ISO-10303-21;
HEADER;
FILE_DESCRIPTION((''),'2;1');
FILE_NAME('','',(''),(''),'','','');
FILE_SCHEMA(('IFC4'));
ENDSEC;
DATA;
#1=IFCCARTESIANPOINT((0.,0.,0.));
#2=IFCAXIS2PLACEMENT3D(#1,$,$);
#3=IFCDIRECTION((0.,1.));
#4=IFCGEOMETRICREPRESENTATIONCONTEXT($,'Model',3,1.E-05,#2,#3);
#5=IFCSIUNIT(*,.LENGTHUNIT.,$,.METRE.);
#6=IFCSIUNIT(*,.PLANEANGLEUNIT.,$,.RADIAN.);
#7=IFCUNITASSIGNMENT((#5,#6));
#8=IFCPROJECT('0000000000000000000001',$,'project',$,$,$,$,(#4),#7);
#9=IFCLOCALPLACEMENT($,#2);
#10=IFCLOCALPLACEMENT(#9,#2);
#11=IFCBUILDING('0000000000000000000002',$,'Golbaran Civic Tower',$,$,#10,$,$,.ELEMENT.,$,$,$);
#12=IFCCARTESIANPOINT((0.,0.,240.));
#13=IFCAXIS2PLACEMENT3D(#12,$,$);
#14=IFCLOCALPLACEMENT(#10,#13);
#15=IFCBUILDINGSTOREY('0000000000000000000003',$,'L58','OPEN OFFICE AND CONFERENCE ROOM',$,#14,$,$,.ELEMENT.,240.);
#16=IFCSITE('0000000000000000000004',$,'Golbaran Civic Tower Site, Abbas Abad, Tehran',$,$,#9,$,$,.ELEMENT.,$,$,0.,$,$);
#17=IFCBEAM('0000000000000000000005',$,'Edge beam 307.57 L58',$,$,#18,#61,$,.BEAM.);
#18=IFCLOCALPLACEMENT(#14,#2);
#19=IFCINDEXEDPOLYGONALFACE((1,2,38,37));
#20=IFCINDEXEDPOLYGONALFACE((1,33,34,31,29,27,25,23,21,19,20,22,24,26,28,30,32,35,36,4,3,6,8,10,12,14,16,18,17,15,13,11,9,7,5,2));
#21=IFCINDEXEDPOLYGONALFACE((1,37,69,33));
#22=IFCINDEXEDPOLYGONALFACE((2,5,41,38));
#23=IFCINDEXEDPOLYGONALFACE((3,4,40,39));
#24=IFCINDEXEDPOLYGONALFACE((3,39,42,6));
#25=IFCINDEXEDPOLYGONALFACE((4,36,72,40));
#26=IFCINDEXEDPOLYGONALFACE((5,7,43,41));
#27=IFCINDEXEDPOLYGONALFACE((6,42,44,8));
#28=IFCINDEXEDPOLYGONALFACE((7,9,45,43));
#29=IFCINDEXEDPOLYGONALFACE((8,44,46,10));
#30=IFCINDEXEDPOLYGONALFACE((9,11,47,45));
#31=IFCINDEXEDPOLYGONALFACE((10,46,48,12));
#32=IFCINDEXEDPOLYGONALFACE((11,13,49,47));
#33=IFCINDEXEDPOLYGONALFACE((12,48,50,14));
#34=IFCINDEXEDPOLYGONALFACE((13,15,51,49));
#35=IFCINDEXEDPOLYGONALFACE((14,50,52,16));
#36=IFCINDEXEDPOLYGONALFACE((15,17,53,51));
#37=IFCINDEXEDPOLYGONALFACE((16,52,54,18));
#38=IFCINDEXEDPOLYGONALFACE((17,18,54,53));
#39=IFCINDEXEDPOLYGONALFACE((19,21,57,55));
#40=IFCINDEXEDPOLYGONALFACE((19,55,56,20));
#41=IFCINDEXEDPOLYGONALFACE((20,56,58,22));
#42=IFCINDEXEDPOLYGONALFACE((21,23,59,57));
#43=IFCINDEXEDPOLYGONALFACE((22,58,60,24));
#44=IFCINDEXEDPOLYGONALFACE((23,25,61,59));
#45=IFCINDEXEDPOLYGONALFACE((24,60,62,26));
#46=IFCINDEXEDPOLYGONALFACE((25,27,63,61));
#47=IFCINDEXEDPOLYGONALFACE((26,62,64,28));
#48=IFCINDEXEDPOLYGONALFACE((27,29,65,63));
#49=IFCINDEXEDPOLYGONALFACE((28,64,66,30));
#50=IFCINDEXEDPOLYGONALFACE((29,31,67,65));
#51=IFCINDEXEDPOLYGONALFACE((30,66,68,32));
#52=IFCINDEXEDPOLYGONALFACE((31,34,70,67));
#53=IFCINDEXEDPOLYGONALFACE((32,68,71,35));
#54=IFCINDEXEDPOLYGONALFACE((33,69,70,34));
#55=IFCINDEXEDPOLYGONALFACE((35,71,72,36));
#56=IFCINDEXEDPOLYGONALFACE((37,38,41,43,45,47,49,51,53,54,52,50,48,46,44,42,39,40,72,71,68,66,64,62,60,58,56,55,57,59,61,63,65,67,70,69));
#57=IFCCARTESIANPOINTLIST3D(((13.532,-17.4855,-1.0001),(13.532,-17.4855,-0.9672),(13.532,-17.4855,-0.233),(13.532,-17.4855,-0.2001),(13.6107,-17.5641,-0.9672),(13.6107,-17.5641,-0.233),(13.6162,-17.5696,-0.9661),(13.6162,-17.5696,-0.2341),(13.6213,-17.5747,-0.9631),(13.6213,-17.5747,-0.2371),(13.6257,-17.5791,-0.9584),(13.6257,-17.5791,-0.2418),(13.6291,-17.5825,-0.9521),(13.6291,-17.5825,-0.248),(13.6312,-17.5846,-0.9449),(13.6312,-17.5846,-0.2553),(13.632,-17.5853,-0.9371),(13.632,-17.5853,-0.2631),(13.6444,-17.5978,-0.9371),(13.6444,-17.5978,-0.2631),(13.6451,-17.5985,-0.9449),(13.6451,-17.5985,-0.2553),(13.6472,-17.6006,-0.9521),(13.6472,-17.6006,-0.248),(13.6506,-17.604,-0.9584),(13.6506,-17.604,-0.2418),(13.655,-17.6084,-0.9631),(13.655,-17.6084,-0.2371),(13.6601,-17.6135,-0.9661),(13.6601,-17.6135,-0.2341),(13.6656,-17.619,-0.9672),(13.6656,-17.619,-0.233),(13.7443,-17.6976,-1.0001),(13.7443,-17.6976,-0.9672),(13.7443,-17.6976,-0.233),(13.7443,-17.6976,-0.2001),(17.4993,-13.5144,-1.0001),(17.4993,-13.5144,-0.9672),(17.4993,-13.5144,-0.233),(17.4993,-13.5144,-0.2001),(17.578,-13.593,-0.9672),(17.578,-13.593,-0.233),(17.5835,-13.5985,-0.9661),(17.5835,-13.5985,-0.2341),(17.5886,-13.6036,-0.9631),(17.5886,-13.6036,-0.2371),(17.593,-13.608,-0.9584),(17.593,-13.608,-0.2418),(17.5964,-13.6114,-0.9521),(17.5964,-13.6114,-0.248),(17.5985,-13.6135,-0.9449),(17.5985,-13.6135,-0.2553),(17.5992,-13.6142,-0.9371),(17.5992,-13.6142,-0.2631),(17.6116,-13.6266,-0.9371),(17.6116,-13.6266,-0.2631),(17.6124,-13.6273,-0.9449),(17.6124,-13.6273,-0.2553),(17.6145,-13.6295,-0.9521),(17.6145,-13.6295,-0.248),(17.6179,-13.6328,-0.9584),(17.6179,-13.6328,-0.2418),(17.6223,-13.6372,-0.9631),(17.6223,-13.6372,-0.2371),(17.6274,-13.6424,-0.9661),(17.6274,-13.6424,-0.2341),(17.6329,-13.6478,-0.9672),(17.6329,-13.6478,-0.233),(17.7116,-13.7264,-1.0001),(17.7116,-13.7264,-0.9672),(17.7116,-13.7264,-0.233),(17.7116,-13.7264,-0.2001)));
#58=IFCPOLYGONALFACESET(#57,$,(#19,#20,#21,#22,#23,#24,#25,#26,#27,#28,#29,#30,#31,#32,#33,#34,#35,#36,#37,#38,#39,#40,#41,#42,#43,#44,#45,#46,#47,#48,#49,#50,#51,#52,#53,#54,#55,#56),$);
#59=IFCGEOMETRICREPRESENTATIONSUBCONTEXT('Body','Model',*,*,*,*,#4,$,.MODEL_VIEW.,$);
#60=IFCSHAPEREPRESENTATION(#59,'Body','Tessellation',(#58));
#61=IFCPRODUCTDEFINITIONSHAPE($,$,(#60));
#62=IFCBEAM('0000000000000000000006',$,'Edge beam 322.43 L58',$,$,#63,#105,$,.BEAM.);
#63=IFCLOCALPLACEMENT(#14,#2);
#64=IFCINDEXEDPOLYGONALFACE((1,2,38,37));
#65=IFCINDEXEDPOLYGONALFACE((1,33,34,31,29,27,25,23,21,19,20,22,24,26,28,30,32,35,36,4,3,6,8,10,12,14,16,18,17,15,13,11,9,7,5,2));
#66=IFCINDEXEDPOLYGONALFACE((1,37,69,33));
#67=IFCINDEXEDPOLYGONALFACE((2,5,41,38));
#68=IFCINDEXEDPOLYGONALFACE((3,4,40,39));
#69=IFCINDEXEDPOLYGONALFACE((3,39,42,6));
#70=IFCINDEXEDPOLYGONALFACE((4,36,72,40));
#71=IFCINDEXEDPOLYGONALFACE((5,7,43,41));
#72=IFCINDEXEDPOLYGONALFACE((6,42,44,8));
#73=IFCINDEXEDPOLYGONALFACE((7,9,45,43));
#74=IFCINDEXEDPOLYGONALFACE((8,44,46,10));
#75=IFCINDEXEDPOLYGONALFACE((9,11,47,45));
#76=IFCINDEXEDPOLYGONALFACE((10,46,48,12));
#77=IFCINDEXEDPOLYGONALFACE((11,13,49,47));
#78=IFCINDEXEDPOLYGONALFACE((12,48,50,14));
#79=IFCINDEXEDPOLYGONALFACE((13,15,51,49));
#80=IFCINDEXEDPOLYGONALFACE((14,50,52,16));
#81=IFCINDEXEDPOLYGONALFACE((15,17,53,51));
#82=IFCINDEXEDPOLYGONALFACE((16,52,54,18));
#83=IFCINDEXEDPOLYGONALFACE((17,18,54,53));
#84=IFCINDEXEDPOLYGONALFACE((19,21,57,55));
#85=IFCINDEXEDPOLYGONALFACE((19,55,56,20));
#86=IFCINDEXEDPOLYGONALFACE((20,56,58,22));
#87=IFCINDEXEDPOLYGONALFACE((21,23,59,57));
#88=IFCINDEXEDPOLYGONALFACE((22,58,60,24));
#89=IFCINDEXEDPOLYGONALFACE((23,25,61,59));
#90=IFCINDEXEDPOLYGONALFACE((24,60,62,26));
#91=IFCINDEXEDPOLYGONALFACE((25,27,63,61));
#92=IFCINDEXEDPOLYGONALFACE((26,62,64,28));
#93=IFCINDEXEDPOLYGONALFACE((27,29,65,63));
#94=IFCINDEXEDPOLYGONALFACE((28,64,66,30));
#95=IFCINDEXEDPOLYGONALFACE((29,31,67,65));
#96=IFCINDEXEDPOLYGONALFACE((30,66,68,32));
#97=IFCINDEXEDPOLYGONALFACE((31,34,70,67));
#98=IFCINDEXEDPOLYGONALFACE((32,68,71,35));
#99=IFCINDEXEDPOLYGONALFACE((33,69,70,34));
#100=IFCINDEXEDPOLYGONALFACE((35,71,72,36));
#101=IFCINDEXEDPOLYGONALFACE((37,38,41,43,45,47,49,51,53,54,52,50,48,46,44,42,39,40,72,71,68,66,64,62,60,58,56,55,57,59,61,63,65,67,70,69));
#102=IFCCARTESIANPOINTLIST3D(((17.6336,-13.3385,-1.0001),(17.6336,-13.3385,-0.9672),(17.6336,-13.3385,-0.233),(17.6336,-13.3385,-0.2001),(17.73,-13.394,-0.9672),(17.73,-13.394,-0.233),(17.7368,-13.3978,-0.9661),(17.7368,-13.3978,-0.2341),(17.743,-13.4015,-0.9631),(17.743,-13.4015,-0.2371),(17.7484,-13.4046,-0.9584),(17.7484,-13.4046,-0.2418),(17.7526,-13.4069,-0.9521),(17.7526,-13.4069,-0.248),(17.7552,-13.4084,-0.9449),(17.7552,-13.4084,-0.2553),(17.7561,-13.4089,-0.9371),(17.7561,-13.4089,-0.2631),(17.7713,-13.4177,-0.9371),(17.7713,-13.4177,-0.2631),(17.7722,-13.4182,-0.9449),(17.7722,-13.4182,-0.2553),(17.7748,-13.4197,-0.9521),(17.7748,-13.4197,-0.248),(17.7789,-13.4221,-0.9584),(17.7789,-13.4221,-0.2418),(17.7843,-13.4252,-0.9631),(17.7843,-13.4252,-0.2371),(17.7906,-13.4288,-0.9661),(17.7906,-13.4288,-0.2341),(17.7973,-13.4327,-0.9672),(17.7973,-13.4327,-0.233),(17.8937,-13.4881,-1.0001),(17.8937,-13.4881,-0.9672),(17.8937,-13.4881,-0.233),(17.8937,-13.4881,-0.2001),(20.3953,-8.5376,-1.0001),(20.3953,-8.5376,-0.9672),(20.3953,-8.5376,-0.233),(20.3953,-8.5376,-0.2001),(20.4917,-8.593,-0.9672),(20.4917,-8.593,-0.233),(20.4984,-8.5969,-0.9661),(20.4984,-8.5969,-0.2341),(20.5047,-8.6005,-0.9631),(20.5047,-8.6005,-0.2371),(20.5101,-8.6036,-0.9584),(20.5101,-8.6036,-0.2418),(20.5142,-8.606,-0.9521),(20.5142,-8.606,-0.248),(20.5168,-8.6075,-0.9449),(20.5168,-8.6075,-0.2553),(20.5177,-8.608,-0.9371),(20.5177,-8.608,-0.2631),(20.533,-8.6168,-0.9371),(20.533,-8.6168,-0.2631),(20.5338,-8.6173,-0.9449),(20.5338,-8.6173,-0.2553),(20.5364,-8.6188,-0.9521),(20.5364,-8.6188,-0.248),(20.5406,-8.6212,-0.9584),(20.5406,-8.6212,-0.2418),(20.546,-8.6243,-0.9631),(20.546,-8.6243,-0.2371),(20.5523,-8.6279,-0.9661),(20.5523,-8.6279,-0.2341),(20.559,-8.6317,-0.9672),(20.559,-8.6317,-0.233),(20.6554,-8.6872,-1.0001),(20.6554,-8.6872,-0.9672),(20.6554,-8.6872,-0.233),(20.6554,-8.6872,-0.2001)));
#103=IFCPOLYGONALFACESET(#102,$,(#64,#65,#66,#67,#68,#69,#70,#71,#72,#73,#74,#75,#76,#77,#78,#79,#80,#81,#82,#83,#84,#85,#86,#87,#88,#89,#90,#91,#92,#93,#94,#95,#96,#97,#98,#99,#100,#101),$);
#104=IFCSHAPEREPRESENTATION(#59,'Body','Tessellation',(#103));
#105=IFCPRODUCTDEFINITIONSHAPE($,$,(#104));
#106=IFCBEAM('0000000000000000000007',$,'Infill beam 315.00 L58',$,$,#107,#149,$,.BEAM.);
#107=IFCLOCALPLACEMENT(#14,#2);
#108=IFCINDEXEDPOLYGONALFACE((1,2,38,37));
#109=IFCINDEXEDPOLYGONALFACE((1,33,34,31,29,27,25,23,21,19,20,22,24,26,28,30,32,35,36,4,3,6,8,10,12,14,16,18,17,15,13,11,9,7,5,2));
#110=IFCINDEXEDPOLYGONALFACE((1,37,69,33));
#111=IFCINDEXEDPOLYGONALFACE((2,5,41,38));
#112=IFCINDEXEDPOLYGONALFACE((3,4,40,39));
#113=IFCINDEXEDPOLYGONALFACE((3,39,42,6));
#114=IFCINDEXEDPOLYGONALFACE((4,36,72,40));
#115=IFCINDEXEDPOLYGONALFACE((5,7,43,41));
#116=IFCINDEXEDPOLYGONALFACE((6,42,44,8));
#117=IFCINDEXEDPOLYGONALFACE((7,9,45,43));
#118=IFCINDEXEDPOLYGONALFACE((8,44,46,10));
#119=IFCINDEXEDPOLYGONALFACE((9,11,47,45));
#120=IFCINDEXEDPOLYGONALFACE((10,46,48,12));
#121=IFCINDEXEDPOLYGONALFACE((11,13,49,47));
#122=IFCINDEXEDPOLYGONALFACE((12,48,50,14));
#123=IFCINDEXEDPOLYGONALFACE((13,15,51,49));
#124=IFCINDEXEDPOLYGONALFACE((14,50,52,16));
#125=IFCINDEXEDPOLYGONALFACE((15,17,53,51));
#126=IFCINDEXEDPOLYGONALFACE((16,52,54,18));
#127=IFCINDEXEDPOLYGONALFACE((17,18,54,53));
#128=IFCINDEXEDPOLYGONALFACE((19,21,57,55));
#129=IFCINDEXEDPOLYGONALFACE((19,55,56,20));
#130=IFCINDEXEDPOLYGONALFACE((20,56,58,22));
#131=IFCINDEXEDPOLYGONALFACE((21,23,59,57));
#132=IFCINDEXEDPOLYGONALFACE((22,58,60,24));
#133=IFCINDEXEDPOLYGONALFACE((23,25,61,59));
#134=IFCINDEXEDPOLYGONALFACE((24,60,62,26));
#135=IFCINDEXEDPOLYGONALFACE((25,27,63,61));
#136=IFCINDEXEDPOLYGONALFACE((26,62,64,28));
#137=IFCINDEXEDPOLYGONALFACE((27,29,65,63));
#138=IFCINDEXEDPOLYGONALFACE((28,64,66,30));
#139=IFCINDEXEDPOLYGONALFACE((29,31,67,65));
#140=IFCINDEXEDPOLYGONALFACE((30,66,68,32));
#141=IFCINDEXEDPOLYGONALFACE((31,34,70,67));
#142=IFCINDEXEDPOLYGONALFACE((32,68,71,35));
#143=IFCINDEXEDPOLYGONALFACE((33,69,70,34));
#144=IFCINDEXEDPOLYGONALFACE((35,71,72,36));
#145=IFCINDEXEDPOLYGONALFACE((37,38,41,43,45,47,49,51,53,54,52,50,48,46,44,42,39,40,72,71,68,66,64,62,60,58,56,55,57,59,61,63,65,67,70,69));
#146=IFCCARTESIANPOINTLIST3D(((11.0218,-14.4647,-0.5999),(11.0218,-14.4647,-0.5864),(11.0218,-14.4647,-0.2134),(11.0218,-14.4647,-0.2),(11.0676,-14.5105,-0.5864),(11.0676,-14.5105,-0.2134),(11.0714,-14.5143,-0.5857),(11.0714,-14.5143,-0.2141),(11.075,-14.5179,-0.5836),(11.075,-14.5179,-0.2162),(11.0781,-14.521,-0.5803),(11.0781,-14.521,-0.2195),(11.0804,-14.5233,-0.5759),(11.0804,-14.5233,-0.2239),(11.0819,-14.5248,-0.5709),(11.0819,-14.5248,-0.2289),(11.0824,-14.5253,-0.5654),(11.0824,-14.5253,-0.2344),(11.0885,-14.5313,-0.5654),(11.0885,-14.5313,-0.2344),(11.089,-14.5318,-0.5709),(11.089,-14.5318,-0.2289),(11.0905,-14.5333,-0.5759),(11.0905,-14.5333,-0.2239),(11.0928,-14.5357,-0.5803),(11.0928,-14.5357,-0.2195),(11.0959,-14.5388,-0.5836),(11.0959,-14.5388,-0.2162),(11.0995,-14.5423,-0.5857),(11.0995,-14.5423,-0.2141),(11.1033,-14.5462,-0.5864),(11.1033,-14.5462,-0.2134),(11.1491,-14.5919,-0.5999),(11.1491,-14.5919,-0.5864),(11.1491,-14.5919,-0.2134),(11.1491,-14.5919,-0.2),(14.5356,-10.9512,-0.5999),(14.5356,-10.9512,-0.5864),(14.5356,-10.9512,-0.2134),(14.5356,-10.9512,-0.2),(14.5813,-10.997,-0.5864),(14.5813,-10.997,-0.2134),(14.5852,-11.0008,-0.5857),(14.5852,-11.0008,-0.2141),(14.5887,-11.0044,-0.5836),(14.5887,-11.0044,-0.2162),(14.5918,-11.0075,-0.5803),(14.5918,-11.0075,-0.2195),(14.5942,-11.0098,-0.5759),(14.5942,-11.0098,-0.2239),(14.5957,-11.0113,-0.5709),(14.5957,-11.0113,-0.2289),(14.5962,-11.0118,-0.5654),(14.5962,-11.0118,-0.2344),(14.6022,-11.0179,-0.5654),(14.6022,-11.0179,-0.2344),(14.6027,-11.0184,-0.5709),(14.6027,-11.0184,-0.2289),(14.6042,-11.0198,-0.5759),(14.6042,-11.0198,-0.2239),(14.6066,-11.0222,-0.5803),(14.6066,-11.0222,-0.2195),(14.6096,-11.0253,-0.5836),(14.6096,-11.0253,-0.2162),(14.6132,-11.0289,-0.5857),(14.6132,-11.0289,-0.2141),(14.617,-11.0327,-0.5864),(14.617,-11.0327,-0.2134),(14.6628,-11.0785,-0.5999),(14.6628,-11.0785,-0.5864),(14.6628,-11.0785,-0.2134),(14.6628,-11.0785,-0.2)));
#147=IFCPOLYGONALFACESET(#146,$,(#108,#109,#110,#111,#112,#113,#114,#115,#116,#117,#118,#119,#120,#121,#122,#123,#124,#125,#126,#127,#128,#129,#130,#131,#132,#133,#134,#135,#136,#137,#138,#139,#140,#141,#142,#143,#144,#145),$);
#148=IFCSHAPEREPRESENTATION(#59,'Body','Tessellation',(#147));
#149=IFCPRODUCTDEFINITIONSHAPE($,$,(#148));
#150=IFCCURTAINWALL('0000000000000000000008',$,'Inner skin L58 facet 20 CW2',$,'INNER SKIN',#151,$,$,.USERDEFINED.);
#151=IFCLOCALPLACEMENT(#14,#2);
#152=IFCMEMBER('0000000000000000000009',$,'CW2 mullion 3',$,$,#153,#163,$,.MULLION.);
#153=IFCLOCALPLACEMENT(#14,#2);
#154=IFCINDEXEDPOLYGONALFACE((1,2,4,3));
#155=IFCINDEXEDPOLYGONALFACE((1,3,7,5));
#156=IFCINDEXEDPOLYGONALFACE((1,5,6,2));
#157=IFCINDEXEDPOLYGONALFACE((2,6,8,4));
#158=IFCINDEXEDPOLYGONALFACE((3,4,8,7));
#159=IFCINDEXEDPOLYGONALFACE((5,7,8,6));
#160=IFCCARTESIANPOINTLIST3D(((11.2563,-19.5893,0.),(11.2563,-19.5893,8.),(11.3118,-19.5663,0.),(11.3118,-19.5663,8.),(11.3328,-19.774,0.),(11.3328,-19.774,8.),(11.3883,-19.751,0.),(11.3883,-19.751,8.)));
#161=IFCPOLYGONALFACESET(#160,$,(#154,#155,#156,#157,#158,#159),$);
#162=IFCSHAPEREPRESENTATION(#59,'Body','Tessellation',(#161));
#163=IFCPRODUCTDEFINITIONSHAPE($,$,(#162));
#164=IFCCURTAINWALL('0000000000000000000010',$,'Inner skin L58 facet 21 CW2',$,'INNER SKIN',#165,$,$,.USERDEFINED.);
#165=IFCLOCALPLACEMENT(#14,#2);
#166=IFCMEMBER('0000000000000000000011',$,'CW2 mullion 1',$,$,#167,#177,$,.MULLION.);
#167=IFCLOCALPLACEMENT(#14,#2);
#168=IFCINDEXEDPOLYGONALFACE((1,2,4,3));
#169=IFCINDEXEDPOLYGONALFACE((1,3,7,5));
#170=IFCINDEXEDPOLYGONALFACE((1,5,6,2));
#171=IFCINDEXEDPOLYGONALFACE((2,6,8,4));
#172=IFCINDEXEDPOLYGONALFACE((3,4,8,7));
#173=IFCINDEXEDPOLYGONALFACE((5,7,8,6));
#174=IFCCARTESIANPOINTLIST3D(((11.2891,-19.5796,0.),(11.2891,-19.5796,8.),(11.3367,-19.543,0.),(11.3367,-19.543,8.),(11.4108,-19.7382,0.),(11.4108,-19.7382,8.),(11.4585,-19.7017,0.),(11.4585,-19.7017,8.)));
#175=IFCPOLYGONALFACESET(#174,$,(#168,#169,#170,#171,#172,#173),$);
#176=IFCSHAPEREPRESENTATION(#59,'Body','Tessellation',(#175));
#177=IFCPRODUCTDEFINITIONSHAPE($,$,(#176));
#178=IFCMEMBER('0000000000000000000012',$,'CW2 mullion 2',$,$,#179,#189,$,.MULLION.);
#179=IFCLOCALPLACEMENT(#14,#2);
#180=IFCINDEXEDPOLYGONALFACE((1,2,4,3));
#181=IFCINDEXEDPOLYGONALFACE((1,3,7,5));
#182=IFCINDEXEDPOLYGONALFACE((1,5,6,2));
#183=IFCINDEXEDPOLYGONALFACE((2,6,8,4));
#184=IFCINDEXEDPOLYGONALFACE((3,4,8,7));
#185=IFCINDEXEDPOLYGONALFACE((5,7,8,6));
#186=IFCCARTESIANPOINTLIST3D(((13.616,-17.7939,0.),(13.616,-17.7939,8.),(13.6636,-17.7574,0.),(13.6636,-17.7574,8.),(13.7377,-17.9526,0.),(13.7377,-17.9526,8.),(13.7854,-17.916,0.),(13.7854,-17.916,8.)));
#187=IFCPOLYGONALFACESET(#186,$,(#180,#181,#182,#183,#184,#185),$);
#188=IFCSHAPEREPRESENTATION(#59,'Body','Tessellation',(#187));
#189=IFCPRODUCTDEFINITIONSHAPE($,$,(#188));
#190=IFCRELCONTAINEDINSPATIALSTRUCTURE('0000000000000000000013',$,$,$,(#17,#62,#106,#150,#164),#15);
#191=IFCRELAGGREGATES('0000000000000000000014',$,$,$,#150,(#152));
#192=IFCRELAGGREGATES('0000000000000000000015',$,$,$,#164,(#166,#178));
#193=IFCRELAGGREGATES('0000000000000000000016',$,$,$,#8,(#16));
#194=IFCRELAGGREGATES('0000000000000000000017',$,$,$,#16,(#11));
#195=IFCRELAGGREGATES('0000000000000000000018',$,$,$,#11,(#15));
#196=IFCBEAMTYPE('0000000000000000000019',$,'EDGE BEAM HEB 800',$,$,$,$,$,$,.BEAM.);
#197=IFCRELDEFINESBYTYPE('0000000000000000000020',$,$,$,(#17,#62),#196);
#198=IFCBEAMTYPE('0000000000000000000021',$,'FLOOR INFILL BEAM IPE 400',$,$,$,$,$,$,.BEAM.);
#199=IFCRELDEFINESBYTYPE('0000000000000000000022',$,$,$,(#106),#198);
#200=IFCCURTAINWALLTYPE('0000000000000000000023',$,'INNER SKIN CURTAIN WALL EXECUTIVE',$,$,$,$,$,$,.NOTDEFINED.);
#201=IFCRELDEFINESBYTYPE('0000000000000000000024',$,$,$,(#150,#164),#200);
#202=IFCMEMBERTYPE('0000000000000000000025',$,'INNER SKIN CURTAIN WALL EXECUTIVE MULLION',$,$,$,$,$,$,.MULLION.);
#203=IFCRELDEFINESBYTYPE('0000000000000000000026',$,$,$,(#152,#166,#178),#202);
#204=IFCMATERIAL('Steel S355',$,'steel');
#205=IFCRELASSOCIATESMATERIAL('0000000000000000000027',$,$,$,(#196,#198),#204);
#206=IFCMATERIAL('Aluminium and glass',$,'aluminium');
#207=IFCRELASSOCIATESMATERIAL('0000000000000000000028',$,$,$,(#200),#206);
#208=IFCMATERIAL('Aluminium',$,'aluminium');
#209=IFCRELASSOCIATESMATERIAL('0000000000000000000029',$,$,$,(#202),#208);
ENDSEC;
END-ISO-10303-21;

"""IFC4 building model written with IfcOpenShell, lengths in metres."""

from ifc_helpers import new_model, si_unit, direction, frame, origin, origin_2d, place, context, subcontext, project, spatial, rectangle, i_section, extrude, material, material_profile, profile_set, type_object, element, aggregate, save


model = new_model("IFC4")

# Units and contexts
model_context = context("Model", 3, precision=1e-05, world=origin(), true_north=direction((0.0, 1.0)))
body_context = subcontext(model_context, "Body", "Model", "MODEL_VIEW")
ifc_project = project(units=[si_unit("LENGTHUNIT", "METRE"), si_unit("PLANEANGLEUNIT", "RADIAN")], contexts=[model_context])

# Site, building, storey
site_placement = place(None, origin())
site = spatial("IfcSite", under=ifc_project, at=site_placement, Name="Golbaran Civic Tower Site, Abbas Abad, Tehran", CompositionType="ELEMENT", RefElevation=0.0)
building_placement = place(site_placement, origin())
building = spatial("IfcBuilding", under=site, at=building_placement, Name="Golbaran Civic Tower", CompositionType="ELEMENT")
storey_placement = place(building_placement, frame((0.0, 0.0, 240.0)))
storey = spatial("IfcBuildingStorey", under=building, at=storey_placement, Name="L58", Description="OPEN OFFICE AND CONFERENCE ROOM", CompositionType="ELEMENT", Elevation=240.0)

# Beams
ifc_material_1 = material(Name="Steel S355", Category="steel")
ifc_material_profile_1 = material_profile(ifc_material_1, i_section(OverallWidth=0.3, OverallDepth=0.8, WebThickness=0.0176, FlangeThickness=0.033, FilletRadius=0.03, at=origin_2d()), Name="HEB 800")
ifc_profile_set_1 = profile_set([ifc_material_profile_1], Name="Steel S355")
beam_type_1 = type_object("IfcBeamType", Name="EDGE BEAM HEB 800", PredefinedType="BEAM", material=ifc_profile_set_1)
beam_1_placement = place(storey_placement, frame((13.6382, -17.5916, -0.6001), z_axis=(0.706759, 0.707455, 0.0), x_axis=(-0.707455, 0.706759, 0.0)))
element("IfcBeam", 1, at=beam_1_placement, inside=storey, type_object=beam_type_1, Name="Edge beam 307.57 L58", PredefinedType="BEAM", context=body_context, shape_type="SweptSolid", body=[
    extrude(i_section(OverallWidth=0.3, OverallDepth=0.8, WebThickness=0.0176, FlangeThickness=0.033, FilletRadius=0.03, at=origin_2d()), origin(), (0.0, 0.0, 1.0), 5.6133),
])
beam_2_placement = place(storey_placement, frame((17.7637, -13.4133, -0.6001), z_axis=(0.498624, 0.866818, 0.0), x_axis=(-0.866818, 0.498624, 0.0)))
element("IfcBeam", 2, at=beam_2_placement, inside=storey, type_object=beam_type_1, Name="Edge beam 322.43 L58", PredefinedType="BEAM", context=body_context, shape_type="SweptSolid", body=[
    extrude(i_section(OverallWidth=0.3, OverallDepth=0.8, WebThickness=0.0176, FlangeThickness=0.033, FilletRadius=0.03, at=origin_2d()), origin(), (0.0, 0.0, 1.0), 5.5386),
])
ifc_material_profile_2 = material_profile(ifc_material_1, i_section(OverallWidth=0.1799, OverallDepth=0.3999, WebThickness=0.0085, FlangeThickness=0.0134, FilletRadius=0.021, at=origin_2d()), Name="IPE 400")
ifc_profile_set_2 = profile_set([ifc_material_profile_2], Name="Steel S355")
beam_type_2 = type_object("IfcBeamType", Name="FLOOR INFILL BEAM IPE 400", PredefinedType="BEAM", material=ifc_profile_set_2)
beam_3_placement = place(storey_placement, frame((11.0854, -14.5283, -0.3999), z_axis=(0.707131, 0.707082, 0.0), x_axis=(-0.707082, 0.707131, 0.0)))
element("IfcBeam", 3, at=beam_3_placement, inside=storey, type_object=beam_type_2, Name="Infill beam 315.00 L58", PredefinedType="BEAM", context=body_context, shape_type="SweptSolid", body=[
    extrude(i_section(OverallWidth=0.1799, OverallDepth=0.3999, WebThickness=0.0085, FlangeThickness=0.0134, FilletRadius=0.021, at=origin_2d()), origin(), (0.0, 0.0, 1.0), 4.969),
])

# Curtain wall, member
ifc_material_2 = material(Name="Aluminium and glass", Category="aluminium")
curtain_wall_type = type_object("IfcCurtainWallType", Name="INNER SKIN CURTAIN WALL EXECUTIVE", PredefinedType="NOTDEFINED", material=ifc_material_2)
curtain_wall_1_placement = place(storey_placement, origin())
curtain_wall_1 = element("IfcCurtainWall", 4, at=curtain_wall_1_placement, inside=storey, type_object=curtain_wall_type, Name="Inner skin L58 facet 20 CW2", ObjectType="INNER SKIN", PredefinedType="USERDEFINED")
ifc_material_3 = material(Name="Aluminium", Category="aluminium")
ifc_material_profile_3 = material_profile(ifc_material_3, rectangle(XDim=0.2, YDim=0.0601, at=origin_2d()), Name="INNER SKIN CURTAIN WALL EXECUTIVE MULLION")
ifc_profile_set_3 = profile_set([ifc_material_profile_3], Name="Aluminium")
member_type_1 = type_object("IfcMemberType", Name="INNER SKIN CURTAIN WALL EXECUTIVE MULLION", PredefinedType="MULLION", material=ifc_profile_set_3)
member_1_placement = place(storey_placement, frame((11.3223, -19.6702, 0.0), z_axis=(0.0, 0.0, 1.0), x_axis=(-0.382683, 0.92388, 0.0)))
member_1 = element("IfcMember", 5, at=member_1_placement, type_object=member_type_1, Name="CW2 mullion 3", PredefinedType="MULLION", context=body_context, shape_type="SweptSolid", body=[
    extrude(rectangle(XDim=0.2, YDim=0.0601, at=origin_2d()), origin(), (0.0, 0.0, 1.0), 8.0),
])
aggregate(curtain_wall_1, [member_1])

# Curtain wall, members
curtain_wall_2_placement = place(storey_placement, origin())
curtain_wall_2 = element("IfcCurtainWall", 6, at=curtain_wall_2_placement, inside=storey, type_object=curtain_wall_type, Name="Inner skin L58 facet 21 CW2", ObjectType="INNER SKIN", PredefinedType="USERDEFINED")
member_2_placement = place(storey_placement, frame((11.3738, -19.6406, 0.0), z_axis=(0.0, 0.0, 1.0), x_axis=(-0.608761, 0.793353, 0.0)))
member_2 = element("IfcMember", 7, at=member_2_placement, type_object=member_type_1, Name="CW2 mullion 1", PredefinedType="MULLION", context=body_context, shape_type="SweptSolid", body=[
    extrude(rectangle(XDim=0.2, YDim=0.0601, at=origin_2d()), origin(), (0.0, 0.0, 1.0), 8.0),
])
member_3_placement = place(storey_placement, frame((13.7007, -17.855, 0.0), z_axis=(0.0, 0.0, 1.0), x_axis=(-0.608761, 0.793353, 0.0)))
member_3 = element("IfcMember", 8, at=member_3_placement, type_object=member_type_1, Name="CW2 mullion 2", PredefinedType="MULLION", context=body_context, shape_type="SweptSolid", body=[
    extrude(rectangle(XDim=0.2, YDim=0.0601, at=origin_2d()), origin(), (0.0, 0.0, 1.0), 8.0),
])

aggregate(curtain_wall_2, [member_2, member_3])

save(model, "model.ifc")
